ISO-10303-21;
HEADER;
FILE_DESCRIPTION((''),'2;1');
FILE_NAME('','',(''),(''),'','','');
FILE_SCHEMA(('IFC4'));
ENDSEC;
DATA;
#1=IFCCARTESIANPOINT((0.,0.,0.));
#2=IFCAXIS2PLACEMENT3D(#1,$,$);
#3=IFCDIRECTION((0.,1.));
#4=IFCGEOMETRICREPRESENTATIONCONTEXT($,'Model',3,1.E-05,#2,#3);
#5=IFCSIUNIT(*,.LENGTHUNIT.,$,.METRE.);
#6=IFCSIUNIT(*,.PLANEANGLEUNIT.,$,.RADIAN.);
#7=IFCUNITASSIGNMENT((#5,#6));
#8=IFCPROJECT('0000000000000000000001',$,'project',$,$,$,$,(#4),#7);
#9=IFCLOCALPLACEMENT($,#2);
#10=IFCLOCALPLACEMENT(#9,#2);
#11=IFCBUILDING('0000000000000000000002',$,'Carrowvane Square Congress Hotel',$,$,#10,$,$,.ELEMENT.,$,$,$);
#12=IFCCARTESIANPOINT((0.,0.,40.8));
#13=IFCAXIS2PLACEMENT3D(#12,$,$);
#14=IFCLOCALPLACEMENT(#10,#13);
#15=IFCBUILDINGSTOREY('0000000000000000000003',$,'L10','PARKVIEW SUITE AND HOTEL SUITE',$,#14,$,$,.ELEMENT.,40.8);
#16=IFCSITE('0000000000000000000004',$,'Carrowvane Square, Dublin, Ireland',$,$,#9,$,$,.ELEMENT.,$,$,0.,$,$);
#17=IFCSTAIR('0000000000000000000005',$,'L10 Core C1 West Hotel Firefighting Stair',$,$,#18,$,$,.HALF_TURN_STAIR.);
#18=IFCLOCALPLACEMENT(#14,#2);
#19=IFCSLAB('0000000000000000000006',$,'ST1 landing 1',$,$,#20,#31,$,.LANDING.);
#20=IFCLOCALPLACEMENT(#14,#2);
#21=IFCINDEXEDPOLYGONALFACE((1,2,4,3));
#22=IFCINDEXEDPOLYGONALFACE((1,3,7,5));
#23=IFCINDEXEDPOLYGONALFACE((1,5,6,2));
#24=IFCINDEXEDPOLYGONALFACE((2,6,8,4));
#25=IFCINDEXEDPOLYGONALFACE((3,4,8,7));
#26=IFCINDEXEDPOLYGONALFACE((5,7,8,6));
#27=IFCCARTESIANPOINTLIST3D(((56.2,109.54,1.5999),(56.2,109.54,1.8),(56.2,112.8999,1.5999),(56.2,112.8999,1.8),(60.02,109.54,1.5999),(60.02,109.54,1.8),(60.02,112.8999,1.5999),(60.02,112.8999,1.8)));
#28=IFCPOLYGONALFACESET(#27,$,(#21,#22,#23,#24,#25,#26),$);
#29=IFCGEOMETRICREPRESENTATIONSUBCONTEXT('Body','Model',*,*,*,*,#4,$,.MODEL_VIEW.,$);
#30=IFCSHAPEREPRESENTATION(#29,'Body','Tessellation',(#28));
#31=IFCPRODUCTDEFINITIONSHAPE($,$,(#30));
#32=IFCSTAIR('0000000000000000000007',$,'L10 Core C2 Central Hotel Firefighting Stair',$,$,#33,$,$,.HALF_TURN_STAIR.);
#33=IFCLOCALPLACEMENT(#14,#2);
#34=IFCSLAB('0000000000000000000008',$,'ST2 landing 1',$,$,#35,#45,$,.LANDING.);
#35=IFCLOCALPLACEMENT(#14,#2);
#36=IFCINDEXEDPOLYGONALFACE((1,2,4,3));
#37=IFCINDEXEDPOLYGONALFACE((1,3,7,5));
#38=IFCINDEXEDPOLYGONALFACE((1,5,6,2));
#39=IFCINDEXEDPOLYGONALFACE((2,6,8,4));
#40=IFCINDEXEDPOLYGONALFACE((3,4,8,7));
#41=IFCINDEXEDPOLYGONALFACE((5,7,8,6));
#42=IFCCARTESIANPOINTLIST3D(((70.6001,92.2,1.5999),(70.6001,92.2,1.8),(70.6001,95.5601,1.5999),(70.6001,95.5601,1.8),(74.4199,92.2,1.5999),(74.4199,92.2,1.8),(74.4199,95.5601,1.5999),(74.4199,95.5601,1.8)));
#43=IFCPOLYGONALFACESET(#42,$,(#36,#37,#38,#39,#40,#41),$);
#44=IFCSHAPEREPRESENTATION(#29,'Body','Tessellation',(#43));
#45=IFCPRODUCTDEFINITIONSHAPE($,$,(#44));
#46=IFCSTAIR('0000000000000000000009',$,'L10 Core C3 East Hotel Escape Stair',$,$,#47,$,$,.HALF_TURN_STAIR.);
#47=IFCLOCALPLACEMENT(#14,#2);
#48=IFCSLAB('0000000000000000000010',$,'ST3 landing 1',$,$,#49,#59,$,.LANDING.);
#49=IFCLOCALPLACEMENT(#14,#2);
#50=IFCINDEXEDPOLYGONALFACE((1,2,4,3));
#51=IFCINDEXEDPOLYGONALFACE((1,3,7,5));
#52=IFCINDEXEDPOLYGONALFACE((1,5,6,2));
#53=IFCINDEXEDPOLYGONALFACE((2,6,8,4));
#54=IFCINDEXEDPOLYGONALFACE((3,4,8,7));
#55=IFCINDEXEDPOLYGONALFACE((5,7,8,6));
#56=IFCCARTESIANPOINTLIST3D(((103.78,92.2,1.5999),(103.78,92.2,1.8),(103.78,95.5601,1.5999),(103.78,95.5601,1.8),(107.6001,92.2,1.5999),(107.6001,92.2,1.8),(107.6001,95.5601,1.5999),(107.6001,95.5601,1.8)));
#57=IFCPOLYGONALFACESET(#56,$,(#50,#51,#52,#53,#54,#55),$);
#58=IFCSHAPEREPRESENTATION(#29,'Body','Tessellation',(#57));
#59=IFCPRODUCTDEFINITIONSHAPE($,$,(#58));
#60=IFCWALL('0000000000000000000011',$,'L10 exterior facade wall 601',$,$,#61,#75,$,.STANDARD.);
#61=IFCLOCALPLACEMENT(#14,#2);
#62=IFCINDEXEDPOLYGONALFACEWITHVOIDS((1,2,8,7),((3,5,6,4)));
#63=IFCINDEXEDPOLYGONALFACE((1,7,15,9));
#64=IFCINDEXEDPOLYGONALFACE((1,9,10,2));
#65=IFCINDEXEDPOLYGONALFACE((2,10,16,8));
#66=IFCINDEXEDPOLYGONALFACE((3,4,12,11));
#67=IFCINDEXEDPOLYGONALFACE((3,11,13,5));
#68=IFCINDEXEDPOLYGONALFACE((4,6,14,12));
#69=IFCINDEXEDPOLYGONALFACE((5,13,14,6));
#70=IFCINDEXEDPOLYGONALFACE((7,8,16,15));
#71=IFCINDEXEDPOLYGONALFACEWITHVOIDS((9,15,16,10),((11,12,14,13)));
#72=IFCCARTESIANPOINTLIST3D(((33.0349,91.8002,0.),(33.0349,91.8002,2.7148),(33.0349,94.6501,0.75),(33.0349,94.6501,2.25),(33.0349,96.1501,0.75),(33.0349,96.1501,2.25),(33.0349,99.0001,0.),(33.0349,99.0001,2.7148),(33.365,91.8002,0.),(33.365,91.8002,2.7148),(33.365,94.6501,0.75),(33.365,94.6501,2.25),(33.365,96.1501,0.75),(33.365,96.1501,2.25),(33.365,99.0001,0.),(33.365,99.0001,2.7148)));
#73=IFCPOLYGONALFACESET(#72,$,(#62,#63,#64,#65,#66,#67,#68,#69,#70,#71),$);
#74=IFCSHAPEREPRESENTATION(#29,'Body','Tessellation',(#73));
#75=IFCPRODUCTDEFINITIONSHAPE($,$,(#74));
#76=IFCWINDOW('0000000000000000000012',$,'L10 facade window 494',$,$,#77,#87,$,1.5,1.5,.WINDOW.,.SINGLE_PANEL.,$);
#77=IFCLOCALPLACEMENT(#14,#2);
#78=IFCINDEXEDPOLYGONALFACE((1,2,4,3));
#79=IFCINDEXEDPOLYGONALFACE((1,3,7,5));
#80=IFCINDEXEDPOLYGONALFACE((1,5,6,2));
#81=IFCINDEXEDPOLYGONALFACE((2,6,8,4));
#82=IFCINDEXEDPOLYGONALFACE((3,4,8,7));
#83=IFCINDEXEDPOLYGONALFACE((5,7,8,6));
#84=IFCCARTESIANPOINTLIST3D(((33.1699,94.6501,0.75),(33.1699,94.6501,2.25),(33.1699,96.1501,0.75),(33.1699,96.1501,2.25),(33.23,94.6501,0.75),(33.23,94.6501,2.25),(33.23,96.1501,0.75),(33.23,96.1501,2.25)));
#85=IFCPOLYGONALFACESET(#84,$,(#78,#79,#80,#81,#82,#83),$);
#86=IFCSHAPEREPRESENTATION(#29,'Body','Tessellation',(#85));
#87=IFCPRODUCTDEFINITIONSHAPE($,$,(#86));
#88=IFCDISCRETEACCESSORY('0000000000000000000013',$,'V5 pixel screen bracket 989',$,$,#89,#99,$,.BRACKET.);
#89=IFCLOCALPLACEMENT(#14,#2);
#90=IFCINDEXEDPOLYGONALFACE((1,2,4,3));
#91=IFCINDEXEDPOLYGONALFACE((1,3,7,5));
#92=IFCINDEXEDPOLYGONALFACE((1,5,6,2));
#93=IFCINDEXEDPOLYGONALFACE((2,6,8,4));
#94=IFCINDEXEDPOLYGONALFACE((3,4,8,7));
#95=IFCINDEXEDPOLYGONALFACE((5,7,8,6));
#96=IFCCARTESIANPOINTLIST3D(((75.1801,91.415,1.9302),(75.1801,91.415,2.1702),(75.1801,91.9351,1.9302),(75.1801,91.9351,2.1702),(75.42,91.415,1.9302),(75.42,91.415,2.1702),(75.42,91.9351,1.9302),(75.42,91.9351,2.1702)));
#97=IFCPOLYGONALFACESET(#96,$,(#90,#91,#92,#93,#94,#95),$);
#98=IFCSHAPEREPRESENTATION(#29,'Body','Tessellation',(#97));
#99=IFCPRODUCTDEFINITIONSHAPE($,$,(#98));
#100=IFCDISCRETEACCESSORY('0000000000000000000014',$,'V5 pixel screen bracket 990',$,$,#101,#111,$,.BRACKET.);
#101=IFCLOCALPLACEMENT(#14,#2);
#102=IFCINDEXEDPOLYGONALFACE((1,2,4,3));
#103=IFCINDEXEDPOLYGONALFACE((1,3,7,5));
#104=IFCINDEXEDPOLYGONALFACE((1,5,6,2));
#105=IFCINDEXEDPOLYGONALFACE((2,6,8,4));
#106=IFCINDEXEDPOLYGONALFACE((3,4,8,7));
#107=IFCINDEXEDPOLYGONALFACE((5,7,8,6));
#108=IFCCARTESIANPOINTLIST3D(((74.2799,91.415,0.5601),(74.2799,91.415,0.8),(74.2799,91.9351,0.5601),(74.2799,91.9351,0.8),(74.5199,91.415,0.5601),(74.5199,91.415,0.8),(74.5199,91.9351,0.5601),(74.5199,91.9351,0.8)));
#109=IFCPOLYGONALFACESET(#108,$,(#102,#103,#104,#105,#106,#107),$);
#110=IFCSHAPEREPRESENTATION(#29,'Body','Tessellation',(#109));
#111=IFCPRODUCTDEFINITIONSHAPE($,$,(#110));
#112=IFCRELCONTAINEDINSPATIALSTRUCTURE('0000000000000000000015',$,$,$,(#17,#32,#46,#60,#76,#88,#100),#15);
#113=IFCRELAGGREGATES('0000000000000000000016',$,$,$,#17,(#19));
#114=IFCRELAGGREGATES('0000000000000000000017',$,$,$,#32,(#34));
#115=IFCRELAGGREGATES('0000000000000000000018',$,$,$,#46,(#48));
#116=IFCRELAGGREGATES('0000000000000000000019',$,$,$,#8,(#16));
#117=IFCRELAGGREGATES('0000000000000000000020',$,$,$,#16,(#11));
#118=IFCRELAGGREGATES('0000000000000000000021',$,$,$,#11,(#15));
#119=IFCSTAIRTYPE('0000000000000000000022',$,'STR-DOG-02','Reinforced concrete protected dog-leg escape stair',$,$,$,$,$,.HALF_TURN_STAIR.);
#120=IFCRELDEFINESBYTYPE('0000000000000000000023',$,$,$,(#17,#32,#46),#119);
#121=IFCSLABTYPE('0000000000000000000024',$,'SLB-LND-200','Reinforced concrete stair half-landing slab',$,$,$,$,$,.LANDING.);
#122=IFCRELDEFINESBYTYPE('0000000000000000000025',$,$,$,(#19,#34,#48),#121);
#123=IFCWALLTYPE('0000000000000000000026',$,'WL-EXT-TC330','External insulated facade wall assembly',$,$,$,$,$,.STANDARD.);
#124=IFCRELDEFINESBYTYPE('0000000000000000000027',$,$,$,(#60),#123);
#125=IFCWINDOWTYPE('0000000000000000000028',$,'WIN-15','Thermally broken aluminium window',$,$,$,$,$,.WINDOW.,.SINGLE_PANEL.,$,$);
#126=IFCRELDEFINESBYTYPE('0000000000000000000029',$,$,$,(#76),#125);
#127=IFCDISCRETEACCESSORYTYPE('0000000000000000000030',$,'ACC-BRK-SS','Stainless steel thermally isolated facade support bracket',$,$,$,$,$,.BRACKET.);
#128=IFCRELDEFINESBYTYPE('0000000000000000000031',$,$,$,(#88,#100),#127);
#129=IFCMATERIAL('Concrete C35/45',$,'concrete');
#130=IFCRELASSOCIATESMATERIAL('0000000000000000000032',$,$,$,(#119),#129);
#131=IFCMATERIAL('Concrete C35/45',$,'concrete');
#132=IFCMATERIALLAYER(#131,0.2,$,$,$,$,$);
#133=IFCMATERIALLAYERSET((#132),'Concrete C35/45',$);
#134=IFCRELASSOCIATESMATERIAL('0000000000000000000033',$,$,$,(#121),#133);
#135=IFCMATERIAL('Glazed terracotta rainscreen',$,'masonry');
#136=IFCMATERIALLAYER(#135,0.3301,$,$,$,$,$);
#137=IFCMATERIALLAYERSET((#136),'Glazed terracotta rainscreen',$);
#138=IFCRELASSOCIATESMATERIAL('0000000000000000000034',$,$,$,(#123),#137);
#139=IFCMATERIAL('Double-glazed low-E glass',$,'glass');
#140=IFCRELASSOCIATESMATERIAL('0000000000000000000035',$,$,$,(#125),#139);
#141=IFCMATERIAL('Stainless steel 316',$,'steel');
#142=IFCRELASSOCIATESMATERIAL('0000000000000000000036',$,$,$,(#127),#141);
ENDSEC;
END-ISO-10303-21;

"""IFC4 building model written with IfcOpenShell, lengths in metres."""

from ifc_helpers import new_model, si_unit, direction, frame, frame_2d, origin, origin_2d, place, context, subcontext, project, spatial, polyline, rectangle, outline, extrude, material, layer, layer_set, type_object, element, fill, aggregate, save


model = new_model("IFC4")

# Units and contexts
model_context = context("Model", 3, precision=1e-05, world=origin(), true_north=direction((0.0, 1.0)))
body_context = subcontext(model_context, "Body", "Model", "MODEL_VIEW")
ifc_project = project(units=[si_unit("LENGTHUNIT", "METRE"), si_unit("PLANEANGLEUNIT", "RADIAN")], contexts=[model_context])

# Site, building, storey
site_placement = place(None, origin())
site = spatial("IfcSite", under=ifc_project, at=site_placement, Name="Carrowvane Square, Dublin, Ireland", CompositionType="ELEMENT", RefElevation=0.0)
building_placement = place(site_placement, origin())
building = spatial("IfcBuilding", under=site, at=building_placement, Name="Carrowvane Square Congress Hotel", CompositionType="ELEMENT")
storey_placement = place(building_placement, frame((0.0, 0.0, 40.8)))
storey = spatial("IfcBuildingStorey", under=building, at=storey_placement, Name="L10", Description="PARKVIEW SUITE AND HOTEL SUITE", CompositionType="ELEMENT", Elevation=40.8)

# Stairs, slabs
ifc_material_1 = material(Name="Concrete C35/45", Category="concrete")
stair_type = type_object("IfcStairType", Name="STR-DOG-02", Description="Reinforced concrete protected dog-leg escape stair", PredefinedType="HALF_TURN_STAIR", material=ifc_material_1)
stair_1_placement = place(storey_placement, origin())
stair_1 = element("IfcStair", 1, at=stair_1_placement, inside=storey, type_object=stair_type, Name="L10 Core C1 West Hotel Firefighting Stair", PredefinedType="HALF_TURN_STAIR")
ifc_material_2 = material(Name="Concrete C35/45", Category="concrete")
ifc_layer_1 = layer(ifc_material_2, 0.2)
ifc_layer_set_1 = layer_set([ifc_layer_1], Name="Concrete C35/45")
slab_type_1 = type_object("IfcSlabType", Name="SLB-LND-200", Description="Reinforced concrete stair half-landing slab", PredefinedType="LANDING", material=ifc_layer_set_1)
slab_1_placement = place(storey_placement, frame((0.0, 0.0, 1.5999)))
slab_1 = element("IfcSlab", 2, at=slab_1_placement, type_object=slab_type_1, Name="ST1 landing 1", PredefinedType="LANDING", context=body_context, shape_type="SweptSolid", body=[
    extrude(outline(polyline([(60.02, 112.8999), (56.2, 112.8999), (56.2, 109.54), (60.02, 109.54), (60.02, 112.8999)])), origin(), (0.0, 0.0, 1.0), 0.2002),
])
aggregate(stair_1, [slab_1])
stair_2_placement = place(storey_placement, origin())
stair_2 = element("IfcStair", 3, at=stair_2_placement, inside=storey, type_object=stair_type, Name="L10 Core C2 Central Hotel Firefighting Stair", PredefinedType="HALF_TURN_STAIR")
slab_2_placement = place(storey_placement, frame((0.0, 0.0, 1.5999)))
slab_2 = element("IfcSlab", 4, at=slab_2_placement, type_object=slab_type_1, Name="ST2 landing 1", PredefinedType="LANDING", context=body_context, shape_type="SweptSolid", body=[
    extrude(outline(polyline([(74.4199, 95.5601), (70.6001, 95.5601), (70.6001, 92.2), (74.4199, 92.2), (74.4199, 95.5601)])), origin(), (0.0, 0.0, 1.0), 0.2002),
])
aggregate(stair_2, [slab_2])
stair_3_placement = place(storey_placement, origin())
stair_3 = element("IfcStair", 5, at=stair_3_placement, inside=storey, type_object=stair_type, Name="L10 Core C3 East Hotel Escape Stair", PredefinedType="HALF_TURN_STAIR")
slab_3_placement = place(storey_placement, frame((0.0, 0.0, 1.5999)))
slab_3 = element("IfcSlab", 6, at=slab_3_placement, type_object=slab_type_1, Name="ST3 landing 1", PredefinedType="LANDING", context=body_context, shape_type="SweptSolid", body=[
    extrude(outline(polyline([(103.78, 92.2), (107.6001, 92.2), (107.6001, 95.5601), (103.78, 95.5601), (103.78, 92.2)])), origin(), (0.0, 0.0, 1.0), 0.2002),
])
aggregate(stair_3, [slab_3])

# Wall, opening, window
ifc_material_3 = material(Name="Glazed terracotta rainscreen", Category="masonry")
ifc_layer_2 = layer(ifc_material_3, 0.3301)
ifc_layer_set_2 = layer_set([ifc_layer_2], Name="Glazed terracotta rainscreen")
wall_type = type_object("IfcWallType", Name="WL-EXT-TC330", Description="External insulated facade wall assembly", PredefinedType="STANDARD", material=ifc_layer_set_2)
wall_placement = place(storey_placement, frame((33.2, 91.8, 0.0), z_axis=(0.0, 0.0, 1.0), x_axis=(0.0, 1.0, 0.0)))
wall = element("IfcWall", 7, at=wall_placement, inside=storey, type_object=wall_type, Name="L10 exterior facade wall 601", PredefinedType="STANDARD", context=body_context, shape_type="SweptSolid", body=[
    extrude(rectangle(XDim=7.2, YDim=0.3301, at=frame_2d((3.6001, 0.0))), origin(), (0.0, 0.0, 1.0), 2.7148),
])
opening_placement = place(wall_placement, frame((2.8501, 0.0, 0.75)))
opening = element("IfcOpeningElement", 8, at=opening_placement, cuts=wall, PredefinedType="OPENING", context=body_context, shape_type="SweptSolid", body=[
    extrude(rectangle(XDim=1.5, YDim=1.5, at=frame_2d((0.75, 0.75))), frame((0.0, 0.175, 0.0), z_axis=(0.0, -1.0, 0.0), x_axis=(1.0, 0.0, 0.0)), (0.0, 0.0, 1.0), 0.3501),
])
ifc_material_4 = material(Name="Double-glazed low-E glass", Category="glass")
window_type = type_object("IfcWindowType", Name="WIN-15", Description="Thermally broken aluminium window", PartitioningType="SINGLE_PANEL", PredefinedType="WINDOW", material=ifc_material_4)
window_placement = place(opening_placement, origin())
window = element("IfcWindow", 9, at=window_placement, inside=storey, type_object=window_type, Name="L10 facade window 494", OverallHeight=1.5, OverallWidth=1.5, PartitioningType="SINGLE_PANEL", PredefinedType="WINDOW", context=body_context, shape_type="SweptSolid", body=[
    extrude(rectangle(XDim=1.5, YDim=1.5, at=frame_2d((0.75, 0.75))), frame((0.0, 0.03, 0.0), z_axis=(0.0, -1.0, 0.0), x_axis=(1.0, 0.0, 0.0)), (0.0, 0.0, 1.0), 0.0601),
])
fill(opening, window)

# Discrete accessories
ifc_material_5 = material(Name="Stainless steel 316", Category="steel")
discrete_accessory_type = type_object("IfcDiscreteAccessoryType", Name="ACC-BRK-SS", Description="Stainless steel thermally isolated facade support bracket", PredefinedType="BRACKET", material=ifc_material_5)
for number, where, z_axis, x_axis, name in (
    (10, (75.3, 91.675, 1.9302), (0.0, 0.0, 1.0), (-1.0, 0.0, 0.0), "V5 pixel screen bracket 989"),
    (11, (74.3999, 91.675, 0.5601), (0.0, 0.0, 1.0), (-1.0, 0.0, 0.0), "V5 pixel screen bracket 990"),
):
    element("IfcDiscreteAccessory", number, at=place(storey_placement, frame(where, z_axis=z_axis, x_axis=x_axis)), inside=storey, type_object=discrete_accessory_type, Name=name, PredefinedType="BRACKET", context=body_context, shape_type="SweptSolid", body=[
        extrude(rectangle(XDim=0.24, YDim=0.52, at=origin_2d()), origin(), (0.0, 0.0, 1.0), 0.24),
    ])

save(model, "model.ifc")
